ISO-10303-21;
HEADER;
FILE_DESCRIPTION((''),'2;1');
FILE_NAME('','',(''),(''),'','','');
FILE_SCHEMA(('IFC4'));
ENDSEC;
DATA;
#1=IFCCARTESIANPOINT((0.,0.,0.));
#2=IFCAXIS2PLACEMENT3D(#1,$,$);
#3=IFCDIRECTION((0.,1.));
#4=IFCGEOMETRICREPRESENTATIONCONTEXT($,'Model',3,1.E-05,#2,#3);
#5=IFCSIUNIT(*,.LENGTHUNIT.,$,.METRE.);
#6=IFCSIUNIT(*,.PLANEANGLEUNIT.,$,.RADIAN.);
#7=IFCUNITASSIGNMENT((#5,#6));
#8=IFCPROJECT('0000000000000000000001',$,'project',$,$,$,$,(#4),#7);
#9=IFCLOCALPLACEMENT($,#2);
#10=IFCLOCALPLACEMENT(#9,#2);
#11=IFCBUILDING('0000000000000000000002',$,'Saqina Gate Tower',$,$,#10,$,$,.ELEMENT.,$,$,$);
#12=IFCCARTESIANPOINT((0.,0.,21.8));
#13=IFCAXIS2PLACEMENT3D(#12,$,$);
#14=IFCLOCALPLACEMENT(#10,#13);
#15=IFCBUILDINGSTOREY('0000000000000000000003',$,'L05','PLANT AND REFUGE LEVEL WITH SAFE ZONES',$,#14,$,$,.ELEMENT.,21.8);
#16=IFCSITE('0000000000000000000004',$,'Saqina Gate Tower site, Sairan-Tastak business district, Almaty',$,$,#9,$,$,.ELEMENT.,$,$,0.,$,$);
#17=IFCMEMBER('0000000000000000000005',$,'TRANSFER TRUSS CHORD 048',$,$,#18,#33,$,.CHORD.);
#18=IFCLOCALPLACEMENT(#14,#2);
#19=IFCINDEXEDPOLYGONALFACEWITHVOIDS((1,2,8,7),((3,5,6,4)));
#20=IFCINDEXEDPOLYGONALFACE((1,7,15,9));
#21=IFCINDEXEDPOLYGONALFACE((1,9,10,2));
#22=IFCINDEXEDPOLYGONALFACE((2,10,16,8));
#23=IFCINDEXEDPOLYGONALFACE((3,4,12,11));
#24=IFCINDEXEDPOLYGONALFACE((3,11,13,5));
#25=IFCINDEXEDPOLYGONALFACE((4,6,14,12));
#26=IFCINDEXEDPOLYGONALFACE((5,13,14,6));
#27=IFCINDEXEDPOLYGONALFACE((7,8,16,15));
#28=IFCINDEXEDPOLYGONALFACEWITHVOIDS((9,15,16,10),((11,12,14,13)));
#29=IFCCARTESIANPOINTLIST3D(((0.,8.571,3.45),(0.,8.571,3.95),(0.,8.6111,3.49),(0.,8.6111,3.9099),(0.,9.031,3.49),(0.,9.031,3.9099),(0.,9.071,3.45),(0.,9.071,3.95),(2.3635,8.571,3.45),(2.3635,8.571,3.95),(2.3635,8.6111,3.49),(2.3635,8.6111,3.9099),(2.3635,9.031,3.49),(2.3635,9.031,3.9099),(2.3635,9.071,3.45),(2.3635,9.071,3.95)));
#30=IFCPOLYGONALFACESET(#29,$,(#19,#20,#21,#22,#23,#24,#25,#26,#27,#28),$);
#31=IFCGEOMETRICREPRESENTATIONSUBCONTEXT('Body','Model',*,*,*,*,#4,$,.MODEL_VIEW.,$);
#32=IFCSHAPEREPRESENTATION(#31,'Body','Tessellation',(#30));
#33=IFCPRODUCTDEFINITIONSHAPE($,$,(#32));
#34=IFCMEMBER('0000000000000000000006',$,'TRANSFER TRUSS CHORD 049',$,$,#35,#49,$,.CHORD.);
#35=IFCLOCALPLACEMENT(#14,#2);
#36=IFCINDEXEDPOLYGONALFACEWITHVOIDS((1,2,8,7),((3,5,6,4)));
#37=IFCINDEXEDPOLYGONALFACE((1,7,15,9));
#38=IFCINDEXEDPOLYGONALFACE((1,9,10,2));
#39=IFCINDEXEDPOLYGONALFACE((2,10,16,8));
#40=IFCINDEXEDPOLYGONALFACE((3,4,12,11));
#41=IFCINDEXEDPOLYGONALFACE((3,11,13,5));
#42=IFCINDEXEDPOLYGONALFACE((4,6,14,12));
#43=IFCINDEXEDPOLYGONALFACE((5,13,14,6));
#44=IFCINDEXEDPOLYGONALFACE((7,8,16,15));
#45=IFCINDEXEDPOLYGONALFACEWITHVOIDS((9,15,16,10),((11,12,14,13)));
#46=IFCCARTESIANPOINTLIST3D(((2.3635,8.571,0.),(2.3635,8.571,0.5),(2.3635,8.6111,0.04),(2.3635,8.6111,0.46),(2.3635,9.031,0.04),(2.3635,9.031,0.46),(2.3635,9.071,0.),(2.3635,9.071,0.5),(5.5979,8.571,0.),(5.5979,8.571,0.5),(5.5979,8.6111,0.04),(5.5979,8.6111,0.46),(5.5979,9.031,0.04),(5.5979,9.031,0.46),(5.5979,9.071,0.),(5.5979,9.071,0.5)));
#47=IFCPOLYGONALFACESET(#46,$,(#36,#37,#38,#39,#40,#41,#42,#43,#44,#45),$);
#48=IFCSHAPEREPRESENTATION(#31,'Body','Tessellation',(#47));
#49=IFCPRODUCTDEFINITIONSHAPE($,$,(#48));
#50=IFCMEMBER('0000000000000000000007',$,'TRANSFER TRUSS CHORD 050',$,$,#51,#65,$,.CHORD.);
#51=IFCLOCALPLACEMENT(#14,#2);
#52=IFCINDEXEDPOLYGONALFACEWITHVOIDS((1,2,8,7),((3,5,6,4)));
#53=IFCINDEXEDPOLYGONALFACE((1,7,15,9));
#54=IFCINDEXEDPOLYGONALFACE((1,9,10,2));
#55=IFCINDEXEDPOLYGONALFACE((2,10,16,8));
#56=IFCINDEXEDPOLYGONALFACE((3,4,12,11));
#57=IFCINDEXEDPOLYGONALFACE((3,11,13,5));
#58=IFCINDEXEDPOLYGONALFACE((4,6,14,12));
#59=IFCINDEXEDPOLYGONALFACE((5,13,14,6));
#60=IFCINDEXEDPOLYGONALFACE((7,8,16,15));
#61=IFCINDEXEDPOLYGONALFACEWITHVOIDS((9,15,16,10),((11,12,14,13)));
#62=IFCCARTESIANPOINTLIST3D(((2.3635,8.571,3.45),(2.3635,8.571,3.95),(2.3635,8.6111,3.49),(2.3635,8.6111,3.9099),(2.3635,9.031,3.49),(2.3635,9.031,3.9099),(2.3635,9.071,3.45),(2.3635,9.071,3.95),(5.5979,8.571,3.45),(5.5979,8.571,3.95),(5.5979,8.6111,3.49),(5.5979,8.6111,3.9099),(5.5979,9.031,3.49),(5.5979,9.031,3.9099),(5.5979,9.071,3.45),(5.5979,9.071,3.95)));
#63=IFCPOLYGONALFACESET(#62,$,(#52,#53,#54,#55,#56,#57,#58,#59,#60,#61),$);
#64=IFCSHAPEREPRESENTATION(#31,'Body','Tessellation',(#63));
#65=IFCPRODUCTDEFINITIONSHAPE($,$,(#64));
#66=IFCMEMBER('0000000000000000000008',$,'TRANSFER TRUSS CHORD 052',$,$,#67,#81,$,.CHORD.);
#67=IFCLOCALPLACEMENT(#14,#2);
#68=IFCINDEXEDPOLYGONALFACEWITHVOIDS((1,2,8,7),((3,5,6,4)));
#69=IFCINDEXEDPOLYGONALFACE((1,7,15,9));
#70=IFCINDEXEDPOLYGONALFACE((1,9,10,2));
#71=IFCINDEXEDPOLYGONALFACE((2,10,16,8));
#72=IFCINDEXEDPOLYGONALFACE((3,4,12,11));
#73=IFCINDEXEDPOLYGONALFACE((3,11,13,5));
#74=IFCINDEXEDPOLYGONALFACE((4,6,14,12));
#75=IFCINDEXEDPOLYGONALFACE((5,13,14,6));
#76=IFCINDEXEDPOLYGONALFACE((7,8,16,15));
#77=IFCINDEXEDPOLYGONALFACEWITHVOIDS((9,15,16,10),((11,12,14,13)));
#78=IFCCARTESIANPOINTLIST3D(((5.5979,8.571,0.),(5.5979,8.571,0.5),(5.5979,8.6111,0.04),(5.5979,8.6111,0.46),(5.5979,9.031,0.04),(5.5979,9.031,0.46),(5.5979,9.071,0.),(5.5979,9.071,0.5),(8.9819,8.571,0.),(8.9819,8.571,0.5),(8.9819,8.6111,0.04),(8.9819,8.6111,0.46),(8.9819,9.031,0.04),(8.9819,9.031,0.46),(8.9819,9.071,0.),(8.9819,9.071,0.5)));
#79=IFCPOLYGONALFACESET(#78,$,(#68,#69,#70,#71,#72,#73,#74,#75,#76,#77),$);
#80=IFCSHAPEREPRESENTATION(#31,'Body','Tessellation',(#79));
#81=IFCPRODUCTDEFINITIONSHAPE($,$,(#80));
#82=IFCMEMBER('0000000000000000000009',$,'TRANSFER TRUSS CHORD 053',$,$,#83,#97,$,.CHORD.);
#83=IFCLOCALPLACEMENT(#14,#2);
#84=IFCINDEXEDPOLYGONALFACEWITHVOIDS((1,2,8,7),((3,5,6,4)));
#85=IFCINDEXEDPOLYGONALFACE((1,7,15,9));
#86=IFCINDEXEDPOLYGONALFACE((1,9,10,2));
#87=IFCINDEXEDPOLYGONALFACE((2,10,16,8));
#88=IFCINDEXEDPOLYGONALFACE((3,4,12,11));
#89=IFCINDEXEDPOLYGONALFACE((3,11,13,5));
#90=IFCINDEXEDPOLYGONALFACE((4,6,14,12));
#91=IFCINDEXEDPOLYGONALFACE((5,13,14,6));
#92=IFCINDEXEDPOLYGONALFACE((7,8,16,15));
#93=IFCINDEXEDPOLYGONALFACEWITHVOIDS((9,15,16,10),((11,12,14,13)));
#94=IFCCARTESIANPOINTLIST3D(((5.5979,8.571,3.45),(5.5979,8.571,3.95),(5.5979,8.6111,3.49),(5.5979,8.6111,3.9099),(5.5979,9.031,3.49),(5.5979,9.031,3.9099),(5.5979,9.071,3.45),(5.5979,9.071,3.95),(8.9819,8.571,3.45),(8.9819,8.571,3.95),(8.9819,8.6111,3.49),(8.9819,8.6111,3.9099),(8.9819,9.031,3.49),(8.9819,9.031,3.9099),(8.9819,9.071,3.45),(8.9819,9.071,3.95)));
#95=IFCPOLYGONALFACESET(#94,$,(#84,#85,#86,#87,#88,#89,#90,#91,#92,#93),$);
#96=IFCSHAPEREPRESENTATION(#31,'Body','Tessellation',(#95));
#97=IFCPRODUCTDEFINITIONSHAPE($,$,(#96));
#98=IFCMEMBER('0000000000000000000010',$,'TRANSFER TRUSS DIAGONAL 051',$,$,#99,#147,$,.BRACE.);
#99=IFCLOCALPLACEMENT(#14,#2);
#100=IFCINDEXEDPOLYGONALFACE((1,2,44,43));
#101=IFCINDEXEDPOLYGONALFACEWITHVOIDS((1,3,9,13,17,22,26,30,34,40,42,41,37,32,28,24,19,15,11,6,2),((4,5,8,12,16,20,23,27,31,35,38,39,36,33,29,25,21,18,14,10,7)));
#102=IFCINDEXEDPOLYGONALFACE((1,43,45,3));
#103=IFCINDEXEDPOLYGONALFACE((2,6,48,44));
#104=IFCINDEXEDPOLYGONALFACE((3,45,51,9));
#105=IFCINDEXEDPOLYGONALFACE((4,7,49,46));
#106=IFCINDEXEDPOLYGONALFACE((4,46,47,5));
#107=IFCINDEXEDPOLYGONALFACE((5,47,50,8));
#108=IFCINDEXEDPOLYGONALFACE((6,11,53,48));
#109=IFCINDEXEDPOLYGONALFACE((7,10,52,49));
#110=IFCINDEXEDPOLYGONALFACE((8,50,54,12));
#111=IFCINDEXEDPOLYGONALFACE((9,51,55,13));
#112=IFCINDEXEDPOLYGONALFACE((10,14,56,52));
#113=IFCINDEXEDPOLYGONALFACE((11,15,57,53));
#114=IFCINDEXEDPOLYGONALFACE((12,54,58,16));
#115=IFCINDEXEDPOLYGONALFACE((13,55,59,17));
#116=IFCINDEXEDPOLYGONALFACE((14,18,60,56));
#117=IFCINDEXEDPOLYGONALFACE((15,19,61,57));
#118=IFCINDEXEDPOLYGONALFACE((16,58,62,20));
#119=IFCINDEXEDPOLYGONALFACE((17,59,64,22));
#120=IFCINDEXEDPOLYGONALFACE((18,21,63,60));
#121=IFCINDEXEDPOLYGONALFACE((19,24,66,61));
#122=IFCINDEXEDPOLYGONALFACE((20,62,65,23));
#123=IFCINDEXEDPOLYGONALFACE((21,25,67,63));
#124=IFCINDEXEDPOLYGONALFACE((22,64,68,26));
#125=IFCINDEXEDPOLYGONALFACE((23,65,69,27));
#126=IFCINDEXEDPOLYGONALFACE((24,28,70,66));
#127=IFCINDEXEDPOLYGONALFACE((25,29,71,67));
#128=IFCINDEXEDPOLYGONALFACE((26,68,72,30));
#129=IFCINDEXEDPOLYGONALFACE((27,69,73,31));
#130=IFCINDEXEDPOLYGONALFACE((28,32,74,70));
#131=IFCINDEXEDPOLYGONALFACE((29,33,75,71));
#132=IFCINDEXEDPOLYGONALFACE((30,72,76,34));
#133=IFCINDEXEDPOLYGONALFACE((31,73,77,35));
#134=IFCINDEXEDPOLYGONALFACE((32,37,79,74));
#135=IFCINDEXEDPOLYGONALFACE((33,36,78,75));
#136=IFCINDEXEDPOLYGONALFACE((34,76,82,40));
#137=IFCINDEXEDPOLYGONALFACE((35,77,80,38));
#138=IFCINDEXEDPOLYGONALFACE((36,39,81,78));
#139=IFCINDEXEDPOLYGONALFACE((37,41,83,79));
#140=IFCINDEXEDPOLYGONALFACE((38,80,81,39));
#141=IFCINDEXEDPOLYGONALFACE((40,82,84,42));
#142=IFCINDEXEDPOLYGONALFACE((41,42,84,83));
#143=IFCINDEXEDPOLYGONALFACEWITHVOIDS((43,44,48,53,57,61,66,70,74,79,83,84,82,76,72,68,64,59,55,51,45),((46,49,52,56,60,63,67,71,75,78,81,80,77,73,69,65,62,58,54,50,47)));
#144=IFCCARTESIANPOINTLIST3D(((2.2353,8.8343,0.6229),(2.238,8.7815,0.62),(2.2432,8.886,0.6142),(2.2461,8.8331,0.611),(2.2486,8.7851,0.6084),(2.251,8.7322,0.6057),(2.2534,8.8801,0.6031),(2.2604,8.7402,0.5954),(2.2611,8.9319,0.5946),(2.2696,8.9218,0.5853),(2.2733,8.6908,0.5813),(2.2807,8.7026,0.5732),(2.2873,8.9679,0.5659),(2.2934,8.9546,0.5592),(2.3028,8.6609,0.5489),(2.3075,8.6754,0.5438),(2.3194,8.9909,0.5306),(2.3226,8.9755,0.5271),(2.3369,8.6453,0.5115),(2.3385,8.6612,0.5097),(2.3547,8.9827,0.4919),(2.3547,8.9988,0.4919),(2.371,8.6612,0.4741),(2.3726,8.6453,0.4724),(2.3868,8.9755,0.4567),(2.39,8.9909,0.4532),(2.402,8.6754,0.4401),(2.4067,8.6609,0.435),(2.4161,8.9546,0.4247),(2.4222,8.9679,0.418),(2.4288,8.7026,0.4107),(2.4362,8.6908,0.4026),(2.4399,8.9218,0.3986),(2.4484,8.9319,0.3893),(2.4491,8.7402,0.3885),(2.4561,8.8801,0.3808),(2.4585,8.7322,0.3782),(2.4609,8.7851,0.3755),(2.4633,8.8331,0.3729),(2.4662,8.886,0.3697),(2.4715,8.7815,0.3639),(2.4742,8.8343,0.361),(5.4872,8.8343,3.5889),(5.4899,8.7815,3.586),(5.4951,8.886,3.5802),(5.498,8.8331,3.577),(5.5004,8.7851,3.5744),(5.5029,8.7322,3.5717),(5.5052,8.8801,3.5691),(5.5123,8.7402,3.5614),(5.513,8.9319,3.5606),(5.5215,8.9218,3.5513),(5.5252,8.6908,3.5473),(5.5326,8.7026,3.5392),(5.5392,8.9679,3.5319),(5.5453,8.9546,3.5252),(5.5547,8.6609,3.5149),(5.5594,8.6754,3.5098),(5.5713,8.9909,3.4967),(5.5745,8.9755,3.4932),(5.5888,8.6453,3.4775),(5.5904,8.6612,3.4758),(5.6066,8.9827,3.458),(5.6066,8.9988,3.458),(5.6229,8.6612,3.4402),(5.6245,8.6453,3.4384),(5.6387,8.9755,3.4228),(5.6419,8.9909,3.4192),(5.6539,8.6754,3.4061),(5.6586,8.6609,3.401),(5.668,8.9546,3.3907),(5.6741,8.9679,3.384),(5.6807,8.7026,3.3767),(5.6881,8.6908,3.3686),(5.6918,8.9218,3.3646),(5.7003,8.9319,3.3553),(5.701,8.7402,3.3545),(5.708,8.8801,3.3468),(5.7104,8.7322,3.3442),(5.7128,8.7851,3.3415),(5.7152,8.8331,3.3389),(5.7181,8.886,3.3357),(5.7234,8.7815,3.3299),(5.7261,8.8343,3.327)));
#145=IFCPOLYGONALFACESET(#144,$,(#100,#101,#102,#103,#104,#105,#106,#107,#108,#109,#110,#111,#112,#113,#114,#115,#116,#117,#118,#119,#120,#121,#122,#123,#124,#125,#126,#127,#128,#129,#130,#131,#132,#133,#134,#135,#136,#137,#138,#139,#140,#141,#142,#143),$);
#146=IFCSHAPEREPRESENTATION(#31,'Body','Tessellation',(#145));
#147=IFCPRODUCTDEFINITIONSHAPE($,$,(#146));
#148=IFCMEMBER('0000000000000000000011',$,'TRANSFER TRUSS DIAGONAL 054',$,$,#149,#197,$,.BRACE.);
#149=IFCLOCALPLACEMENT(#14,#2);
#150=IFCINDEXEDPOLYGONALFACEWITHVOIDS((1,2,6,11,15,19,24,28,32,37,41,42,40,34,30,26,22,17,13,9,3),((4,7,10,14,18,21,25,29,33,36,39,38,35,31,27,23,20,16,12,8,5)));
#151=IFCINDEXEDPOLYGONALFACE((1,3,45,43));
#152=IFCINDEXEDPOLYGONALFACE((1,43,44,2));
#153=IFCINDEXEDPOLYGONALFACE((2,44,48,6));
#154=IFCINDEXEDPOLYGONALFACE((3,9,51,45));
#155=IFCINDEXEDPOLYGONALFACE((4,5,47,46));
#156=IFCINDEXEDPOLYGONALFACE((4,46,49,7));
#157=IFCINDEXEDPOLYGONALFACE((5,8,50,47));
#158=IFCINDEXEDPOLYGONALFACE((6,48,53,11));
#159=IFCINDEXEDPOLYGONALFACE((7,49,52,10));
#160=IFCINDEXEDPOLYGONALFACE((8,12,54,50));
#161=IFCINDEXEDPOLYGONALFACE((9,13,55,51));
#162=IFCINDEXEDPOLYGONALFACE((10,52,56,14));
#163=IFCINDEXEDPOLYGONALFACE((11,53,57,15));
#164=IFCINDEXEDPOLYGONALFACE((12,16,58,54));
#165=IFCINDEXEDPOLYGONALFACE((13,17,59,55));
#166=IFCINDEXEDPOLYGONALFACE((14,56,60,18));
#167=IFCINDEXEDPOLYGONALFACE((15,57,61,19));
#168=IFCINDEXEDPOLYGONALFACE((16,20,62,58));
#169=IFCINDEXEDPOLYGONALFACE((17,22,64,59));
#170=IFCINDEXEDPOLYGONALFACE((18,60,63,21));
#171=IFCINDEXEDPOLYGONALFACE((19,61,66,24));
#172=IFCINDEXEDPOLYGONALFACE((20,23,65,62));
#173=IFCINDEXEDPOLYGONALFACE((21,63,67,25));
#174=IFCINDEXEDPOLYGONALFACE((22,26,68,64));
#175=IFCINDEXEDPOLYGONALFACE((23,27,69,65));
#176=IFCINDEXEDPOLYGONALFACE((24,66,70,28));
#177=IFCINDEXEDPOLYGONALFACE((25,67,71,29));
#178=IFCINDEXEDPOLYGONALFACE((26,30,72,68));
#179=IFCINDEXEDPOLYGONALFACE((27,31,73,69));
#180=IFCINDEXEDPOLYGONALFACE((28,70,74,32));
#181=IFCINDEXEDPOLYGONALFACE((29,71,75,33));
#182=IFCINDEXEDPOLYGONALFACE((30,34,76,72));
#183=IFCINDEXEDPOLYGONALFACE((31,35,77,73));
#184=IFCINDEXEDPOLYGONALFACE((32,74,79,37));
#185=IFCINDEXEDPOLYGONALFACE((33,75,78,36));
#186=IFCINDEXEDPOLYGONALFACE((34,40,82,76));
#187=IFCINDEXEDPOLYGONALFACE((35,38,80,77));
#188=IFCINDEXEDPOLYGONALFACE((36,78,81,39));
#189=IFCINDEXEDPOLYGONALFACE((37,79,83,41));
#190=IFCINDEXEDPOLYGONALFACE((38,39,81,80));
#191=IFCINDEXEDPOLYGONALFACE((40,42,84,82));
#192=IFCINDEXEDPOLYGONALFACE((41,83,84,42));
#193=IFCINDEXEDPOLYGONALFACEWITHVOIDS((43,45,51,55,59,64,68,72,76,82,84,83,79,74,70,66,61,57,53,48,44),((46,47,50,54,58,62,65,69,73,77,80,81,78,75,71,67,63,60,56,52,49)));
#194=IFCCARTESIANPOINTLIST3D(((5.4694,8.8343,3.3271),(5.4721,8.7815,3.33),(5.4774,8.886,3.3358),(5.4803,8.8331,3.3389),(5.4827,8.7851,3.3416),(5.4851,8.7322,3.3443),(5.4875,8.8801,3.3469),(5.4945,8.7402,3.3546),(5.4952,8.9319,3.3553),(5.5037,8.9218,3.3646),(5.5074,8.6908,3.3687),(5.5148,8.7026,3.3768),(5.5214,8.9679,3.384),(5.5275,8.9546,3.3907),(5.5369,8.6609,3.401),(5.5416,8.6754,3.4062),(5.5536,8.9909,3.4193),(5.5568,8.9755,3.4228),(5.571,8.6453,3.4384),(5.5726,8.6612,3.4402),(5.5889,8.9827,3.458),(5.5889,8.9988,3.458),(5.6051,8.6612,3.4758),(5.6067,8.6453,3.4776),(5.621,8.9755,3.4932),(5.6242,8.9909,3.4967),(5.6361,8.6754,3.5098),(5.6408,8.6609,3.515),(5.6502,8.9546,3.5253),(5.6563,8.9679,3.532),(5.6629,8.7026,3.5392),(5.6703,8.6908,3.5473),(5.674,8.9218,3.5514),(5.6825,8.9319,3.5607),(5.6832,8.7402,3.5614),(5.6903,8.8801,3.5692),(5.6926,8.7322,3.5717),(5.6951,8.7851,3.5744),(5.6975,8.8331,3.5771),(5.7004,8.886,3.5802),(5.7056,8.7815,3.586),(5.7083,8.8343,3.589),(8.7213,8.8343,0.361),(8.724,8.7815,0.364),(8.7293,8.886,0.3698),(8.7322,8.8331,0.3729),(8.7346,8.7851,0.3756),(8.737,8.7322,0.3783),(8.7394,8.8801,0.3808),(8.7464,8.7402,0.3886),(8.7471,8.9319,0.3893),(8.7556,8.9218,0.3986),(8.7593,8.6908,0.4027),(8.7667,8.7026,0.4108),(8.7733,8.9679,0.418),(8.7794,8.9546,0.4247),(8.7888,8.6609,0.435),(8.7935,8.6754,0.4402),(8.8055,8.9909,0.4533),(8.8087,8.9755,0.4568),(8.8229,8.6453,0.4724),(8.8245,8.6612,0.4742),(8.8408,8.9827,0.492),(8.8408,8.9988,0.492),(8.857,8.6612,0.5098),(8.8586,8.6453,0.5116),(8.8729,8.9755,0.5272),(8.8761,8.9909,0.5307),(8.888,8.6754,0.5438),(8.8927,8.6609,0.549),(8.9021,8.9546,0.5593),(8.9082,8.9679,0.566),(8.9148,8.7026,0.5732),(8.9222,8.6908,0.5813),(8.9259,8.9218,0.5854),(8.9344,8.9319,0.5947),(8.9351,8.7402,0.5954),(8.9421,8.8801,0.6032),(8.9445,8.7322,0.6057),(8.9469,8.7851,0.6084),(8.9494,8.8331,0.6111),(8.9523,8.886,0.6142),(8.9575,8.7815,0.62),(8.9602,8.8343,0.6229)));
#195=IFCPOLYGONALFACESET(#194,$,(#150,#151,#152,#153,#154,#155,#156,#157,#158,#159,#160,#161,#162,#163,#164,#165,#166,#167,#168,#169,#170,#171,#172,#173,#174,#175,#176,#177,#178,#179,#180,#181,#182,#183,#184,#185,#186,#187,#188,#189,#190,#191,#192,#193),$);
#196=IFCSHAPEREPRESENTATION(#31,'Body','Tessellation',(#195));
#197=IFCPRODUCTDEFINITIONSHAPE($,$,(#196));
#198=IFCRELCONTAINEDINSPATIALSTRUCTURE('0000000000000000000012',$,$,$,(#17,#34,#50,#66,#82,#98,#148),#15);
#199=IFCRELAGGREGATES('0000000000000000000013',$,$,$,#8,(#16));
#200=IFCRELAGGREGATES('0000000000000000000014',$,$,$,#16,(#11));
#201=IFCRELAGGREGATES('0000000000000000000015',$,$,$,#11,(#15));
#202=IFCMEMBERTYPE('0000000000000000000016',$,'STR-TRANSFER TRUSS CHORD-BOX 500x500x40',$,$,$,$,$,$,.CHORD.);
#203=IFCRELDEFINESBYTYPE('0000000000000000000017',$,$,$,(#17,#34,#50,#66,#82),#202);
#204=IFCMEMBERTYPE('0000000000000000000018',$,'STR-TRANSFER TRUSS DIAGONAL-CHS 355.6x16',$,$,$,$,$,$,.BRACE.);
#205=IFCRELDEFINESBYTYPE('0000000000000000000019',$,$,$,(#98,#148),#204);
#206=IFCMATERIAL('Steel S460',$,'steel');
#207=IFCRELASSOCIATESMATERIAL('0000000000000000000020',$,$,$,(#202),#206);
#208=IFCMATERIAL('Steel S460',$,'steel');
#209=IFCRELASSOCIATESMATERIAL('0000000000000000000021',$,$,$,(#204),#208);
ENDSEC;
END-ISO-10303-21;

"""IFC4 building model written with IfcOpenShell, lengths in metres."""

from ifc_helpers import new_model, si_unit, direction, frame, origin, origin_2d, place, context, subcontext, project, spatial, hollow_rectangle, hollow_circle, extrude, material, material_profile, profile_set, type_object, element, save


model = new_model("IFC4")

# Units and contexts
model_context = context("Model", 3, precision=1e-05, world=origin(), true_north=direction((0.0, 1.0)))
body_context = subcontext(model_context, "Body", "Model", "MODEL_VIEW")
ifc_project = project(units=[si_unit("LENGTHUNIT", "METRE"), si_unit("PLANEANGLEUNIT", "RADIAN")], contexts=[model_context])

# Site, building, storey
site_placement = place(None, origin())
site = spatial("IfcSite", under=ifc_project, at=site_placement, Name="Saqina Gate Tower site, Sairan-Tastak business district, Almaty", CompositionType="ELEMENT", RefElevation=0.0)
building_placement = place(site_placement, origin())
building = spatial("IfcBuilding", under=site, at=building_placement, Name="Saqina Gate Tower", CompositionType="ELEMENT")
storey_placement = place(building_placement, frame((0.0, 0.0, 21.8)))
storey = spatial("IfcBuildingStorey", under=building, at=storey_placement, Name="L05", Description="PLANT AND REFUGE LEVEL WITH SAFE ZONES", CompositionType="ELEMENT", Elevation=21.8)

# Members
ifc_material_1 = material(Name="Steel S460", Category="steel")
ifc_material_profile_1 = material_profile(ifc_material_1, hollow_rectangle(XDim=0.5, YDim=0.5, WallThickness=0.04, at=origin_2d()), Name="BOX 500x500x40")
ifc_profile_set_1 = profile_set([ifc_material_profile_1], Name="Steel S460")
member_type_1 = type_object("IfcMemberType", Name="STR-TRANSFER TRUSS CHORD-BOX 500x500x40", PredefinedType="CHORD", material=ifc_profile_set_1)
member_placement = place(storey_placement, frame((0.0, 8.821, 3.7), z_axis=(1.0, 0.0, 0.0), x_axis=(0.0, 1.0, 0.0)))
element("IfcMember", 1, at=member_placement, inside=storey, type_object=member_type_1, Name="TRANSFER TRUSS CHORD 048", PredefinedType="CHORD", context=body_context, shape_type="SweptSolid", body=[
    extrude(hollow_rectangle(XDim=0.5, YDim=0.5, WallThickness=0.04, at=origin_2d()), origin(), (0.0, 0.0, 1.0), 2.3635),
])
for number, where, z_axis, x_axis, name in (
    (2, (2.3635, 8.821, 0.25), (1.0, 0.0, 0.0), (0.0, 1.0, 0.0), "TRANSFER TRUSS CHORD 049"),
    (3, (2.3635, 8.821, 3.7), (1.0, 0.0, 0.0), (0.0, 1.0, 0.0), "TRANSFER TRUSS CHORD 050"),
):
    element("IfcMember", number, at=place(storey_placement, frame(where, z_axis=z_axis, x_axis=x_axis)), inside=storey, type_object=member_type_1, Name=name, PredefinedType="CHORD", context=body_context, shape_type="SweptSolid", body=[
        extrude(hollow_rectangle(XDim=0.5, YDim=0.5, WallThickness=0.04, at=origin_2d()), origin(), (0.0, 0.0, 1.0), 3.2344),
    ])
for number, where, z_axis, x_axis, name in (
    (4, (5.5979, 8.821, 0.25), (1.0, 0.0, 0.0), (0.0, 1.0, 0.0), "TRANSFER TRUSS CHORD 052"),
    (5, (5.5979, 8.821, 3.7), (1.0, 0.0, 0.0), (0.0, 1.0, 0.0), "TRANSFER TRUSS CHORD 053"),
):
    element("IfcMember", number, at=place(storey_placement, frame(where, z_axis=z_axis, x_axis=x_axis)), inside=storey, type_object=member_type_1, Name=name, PredefinedType="CHORD", context=body_context, shape_type="SweptSolid", body=[
        extrude(hollow_rectangle(XDim=0.5, YDim=0.5, WallThickness=0.04, at=origin_2d()), origin(), (0.0, 0.0, 1.0), 3.384),
    ])
ifc_material_2 = material(Name="Steel S460", Category="steel")
ifc_material_profile_2 = material_profile(ifc_material_2, hollow_circle(Radius=0.1777, WallThickness=0.0161, at=origin_2d()), Name="CHS 355.6x16")
ifc_profile_set_2 = profile_set([ifc_material_profile_2], Name="Steel S460")
member_type_2 = type_object("IfcMemberType", Name="STR-TRANSFER TRUSS DIAGONAL-CHS 355.6x16", PredefinedType="BRACE", material=ifc_profile_set_2)
for number, where, z_axis, x_axis, name in (
    (6, (2.3547, 8.821, 0.4919), (0.738837, 0.0, 0.673884), (0.0, 1.0, 0.0), "TRANSFER TRUSS DIAGONAL 051"),
    (7, (5.5889, 8.821, 3.458), (0.738837, 0.0, -0.673884), (0.0, 1.0, 0.0), "TRANSFER TRUSS DIAGONAL 054"),
):
    element("IfcMember", number, at=place(storey_placement, frame(where, z_axis=z_axis, x_axis=x_axis)), inside=storey, type_object=member_type_2, Name=name, PredefinedType="BRACE", context=body_context, shape_type="SweptSolid", body=[
        extrude(hollow_circle(Radius=0.1777, WallThickness=0.0161, at=origin_2d()), origin(), (0.0, 0.0, 1.0), 4.4014),
    ])

save(model, "model.ifc")
